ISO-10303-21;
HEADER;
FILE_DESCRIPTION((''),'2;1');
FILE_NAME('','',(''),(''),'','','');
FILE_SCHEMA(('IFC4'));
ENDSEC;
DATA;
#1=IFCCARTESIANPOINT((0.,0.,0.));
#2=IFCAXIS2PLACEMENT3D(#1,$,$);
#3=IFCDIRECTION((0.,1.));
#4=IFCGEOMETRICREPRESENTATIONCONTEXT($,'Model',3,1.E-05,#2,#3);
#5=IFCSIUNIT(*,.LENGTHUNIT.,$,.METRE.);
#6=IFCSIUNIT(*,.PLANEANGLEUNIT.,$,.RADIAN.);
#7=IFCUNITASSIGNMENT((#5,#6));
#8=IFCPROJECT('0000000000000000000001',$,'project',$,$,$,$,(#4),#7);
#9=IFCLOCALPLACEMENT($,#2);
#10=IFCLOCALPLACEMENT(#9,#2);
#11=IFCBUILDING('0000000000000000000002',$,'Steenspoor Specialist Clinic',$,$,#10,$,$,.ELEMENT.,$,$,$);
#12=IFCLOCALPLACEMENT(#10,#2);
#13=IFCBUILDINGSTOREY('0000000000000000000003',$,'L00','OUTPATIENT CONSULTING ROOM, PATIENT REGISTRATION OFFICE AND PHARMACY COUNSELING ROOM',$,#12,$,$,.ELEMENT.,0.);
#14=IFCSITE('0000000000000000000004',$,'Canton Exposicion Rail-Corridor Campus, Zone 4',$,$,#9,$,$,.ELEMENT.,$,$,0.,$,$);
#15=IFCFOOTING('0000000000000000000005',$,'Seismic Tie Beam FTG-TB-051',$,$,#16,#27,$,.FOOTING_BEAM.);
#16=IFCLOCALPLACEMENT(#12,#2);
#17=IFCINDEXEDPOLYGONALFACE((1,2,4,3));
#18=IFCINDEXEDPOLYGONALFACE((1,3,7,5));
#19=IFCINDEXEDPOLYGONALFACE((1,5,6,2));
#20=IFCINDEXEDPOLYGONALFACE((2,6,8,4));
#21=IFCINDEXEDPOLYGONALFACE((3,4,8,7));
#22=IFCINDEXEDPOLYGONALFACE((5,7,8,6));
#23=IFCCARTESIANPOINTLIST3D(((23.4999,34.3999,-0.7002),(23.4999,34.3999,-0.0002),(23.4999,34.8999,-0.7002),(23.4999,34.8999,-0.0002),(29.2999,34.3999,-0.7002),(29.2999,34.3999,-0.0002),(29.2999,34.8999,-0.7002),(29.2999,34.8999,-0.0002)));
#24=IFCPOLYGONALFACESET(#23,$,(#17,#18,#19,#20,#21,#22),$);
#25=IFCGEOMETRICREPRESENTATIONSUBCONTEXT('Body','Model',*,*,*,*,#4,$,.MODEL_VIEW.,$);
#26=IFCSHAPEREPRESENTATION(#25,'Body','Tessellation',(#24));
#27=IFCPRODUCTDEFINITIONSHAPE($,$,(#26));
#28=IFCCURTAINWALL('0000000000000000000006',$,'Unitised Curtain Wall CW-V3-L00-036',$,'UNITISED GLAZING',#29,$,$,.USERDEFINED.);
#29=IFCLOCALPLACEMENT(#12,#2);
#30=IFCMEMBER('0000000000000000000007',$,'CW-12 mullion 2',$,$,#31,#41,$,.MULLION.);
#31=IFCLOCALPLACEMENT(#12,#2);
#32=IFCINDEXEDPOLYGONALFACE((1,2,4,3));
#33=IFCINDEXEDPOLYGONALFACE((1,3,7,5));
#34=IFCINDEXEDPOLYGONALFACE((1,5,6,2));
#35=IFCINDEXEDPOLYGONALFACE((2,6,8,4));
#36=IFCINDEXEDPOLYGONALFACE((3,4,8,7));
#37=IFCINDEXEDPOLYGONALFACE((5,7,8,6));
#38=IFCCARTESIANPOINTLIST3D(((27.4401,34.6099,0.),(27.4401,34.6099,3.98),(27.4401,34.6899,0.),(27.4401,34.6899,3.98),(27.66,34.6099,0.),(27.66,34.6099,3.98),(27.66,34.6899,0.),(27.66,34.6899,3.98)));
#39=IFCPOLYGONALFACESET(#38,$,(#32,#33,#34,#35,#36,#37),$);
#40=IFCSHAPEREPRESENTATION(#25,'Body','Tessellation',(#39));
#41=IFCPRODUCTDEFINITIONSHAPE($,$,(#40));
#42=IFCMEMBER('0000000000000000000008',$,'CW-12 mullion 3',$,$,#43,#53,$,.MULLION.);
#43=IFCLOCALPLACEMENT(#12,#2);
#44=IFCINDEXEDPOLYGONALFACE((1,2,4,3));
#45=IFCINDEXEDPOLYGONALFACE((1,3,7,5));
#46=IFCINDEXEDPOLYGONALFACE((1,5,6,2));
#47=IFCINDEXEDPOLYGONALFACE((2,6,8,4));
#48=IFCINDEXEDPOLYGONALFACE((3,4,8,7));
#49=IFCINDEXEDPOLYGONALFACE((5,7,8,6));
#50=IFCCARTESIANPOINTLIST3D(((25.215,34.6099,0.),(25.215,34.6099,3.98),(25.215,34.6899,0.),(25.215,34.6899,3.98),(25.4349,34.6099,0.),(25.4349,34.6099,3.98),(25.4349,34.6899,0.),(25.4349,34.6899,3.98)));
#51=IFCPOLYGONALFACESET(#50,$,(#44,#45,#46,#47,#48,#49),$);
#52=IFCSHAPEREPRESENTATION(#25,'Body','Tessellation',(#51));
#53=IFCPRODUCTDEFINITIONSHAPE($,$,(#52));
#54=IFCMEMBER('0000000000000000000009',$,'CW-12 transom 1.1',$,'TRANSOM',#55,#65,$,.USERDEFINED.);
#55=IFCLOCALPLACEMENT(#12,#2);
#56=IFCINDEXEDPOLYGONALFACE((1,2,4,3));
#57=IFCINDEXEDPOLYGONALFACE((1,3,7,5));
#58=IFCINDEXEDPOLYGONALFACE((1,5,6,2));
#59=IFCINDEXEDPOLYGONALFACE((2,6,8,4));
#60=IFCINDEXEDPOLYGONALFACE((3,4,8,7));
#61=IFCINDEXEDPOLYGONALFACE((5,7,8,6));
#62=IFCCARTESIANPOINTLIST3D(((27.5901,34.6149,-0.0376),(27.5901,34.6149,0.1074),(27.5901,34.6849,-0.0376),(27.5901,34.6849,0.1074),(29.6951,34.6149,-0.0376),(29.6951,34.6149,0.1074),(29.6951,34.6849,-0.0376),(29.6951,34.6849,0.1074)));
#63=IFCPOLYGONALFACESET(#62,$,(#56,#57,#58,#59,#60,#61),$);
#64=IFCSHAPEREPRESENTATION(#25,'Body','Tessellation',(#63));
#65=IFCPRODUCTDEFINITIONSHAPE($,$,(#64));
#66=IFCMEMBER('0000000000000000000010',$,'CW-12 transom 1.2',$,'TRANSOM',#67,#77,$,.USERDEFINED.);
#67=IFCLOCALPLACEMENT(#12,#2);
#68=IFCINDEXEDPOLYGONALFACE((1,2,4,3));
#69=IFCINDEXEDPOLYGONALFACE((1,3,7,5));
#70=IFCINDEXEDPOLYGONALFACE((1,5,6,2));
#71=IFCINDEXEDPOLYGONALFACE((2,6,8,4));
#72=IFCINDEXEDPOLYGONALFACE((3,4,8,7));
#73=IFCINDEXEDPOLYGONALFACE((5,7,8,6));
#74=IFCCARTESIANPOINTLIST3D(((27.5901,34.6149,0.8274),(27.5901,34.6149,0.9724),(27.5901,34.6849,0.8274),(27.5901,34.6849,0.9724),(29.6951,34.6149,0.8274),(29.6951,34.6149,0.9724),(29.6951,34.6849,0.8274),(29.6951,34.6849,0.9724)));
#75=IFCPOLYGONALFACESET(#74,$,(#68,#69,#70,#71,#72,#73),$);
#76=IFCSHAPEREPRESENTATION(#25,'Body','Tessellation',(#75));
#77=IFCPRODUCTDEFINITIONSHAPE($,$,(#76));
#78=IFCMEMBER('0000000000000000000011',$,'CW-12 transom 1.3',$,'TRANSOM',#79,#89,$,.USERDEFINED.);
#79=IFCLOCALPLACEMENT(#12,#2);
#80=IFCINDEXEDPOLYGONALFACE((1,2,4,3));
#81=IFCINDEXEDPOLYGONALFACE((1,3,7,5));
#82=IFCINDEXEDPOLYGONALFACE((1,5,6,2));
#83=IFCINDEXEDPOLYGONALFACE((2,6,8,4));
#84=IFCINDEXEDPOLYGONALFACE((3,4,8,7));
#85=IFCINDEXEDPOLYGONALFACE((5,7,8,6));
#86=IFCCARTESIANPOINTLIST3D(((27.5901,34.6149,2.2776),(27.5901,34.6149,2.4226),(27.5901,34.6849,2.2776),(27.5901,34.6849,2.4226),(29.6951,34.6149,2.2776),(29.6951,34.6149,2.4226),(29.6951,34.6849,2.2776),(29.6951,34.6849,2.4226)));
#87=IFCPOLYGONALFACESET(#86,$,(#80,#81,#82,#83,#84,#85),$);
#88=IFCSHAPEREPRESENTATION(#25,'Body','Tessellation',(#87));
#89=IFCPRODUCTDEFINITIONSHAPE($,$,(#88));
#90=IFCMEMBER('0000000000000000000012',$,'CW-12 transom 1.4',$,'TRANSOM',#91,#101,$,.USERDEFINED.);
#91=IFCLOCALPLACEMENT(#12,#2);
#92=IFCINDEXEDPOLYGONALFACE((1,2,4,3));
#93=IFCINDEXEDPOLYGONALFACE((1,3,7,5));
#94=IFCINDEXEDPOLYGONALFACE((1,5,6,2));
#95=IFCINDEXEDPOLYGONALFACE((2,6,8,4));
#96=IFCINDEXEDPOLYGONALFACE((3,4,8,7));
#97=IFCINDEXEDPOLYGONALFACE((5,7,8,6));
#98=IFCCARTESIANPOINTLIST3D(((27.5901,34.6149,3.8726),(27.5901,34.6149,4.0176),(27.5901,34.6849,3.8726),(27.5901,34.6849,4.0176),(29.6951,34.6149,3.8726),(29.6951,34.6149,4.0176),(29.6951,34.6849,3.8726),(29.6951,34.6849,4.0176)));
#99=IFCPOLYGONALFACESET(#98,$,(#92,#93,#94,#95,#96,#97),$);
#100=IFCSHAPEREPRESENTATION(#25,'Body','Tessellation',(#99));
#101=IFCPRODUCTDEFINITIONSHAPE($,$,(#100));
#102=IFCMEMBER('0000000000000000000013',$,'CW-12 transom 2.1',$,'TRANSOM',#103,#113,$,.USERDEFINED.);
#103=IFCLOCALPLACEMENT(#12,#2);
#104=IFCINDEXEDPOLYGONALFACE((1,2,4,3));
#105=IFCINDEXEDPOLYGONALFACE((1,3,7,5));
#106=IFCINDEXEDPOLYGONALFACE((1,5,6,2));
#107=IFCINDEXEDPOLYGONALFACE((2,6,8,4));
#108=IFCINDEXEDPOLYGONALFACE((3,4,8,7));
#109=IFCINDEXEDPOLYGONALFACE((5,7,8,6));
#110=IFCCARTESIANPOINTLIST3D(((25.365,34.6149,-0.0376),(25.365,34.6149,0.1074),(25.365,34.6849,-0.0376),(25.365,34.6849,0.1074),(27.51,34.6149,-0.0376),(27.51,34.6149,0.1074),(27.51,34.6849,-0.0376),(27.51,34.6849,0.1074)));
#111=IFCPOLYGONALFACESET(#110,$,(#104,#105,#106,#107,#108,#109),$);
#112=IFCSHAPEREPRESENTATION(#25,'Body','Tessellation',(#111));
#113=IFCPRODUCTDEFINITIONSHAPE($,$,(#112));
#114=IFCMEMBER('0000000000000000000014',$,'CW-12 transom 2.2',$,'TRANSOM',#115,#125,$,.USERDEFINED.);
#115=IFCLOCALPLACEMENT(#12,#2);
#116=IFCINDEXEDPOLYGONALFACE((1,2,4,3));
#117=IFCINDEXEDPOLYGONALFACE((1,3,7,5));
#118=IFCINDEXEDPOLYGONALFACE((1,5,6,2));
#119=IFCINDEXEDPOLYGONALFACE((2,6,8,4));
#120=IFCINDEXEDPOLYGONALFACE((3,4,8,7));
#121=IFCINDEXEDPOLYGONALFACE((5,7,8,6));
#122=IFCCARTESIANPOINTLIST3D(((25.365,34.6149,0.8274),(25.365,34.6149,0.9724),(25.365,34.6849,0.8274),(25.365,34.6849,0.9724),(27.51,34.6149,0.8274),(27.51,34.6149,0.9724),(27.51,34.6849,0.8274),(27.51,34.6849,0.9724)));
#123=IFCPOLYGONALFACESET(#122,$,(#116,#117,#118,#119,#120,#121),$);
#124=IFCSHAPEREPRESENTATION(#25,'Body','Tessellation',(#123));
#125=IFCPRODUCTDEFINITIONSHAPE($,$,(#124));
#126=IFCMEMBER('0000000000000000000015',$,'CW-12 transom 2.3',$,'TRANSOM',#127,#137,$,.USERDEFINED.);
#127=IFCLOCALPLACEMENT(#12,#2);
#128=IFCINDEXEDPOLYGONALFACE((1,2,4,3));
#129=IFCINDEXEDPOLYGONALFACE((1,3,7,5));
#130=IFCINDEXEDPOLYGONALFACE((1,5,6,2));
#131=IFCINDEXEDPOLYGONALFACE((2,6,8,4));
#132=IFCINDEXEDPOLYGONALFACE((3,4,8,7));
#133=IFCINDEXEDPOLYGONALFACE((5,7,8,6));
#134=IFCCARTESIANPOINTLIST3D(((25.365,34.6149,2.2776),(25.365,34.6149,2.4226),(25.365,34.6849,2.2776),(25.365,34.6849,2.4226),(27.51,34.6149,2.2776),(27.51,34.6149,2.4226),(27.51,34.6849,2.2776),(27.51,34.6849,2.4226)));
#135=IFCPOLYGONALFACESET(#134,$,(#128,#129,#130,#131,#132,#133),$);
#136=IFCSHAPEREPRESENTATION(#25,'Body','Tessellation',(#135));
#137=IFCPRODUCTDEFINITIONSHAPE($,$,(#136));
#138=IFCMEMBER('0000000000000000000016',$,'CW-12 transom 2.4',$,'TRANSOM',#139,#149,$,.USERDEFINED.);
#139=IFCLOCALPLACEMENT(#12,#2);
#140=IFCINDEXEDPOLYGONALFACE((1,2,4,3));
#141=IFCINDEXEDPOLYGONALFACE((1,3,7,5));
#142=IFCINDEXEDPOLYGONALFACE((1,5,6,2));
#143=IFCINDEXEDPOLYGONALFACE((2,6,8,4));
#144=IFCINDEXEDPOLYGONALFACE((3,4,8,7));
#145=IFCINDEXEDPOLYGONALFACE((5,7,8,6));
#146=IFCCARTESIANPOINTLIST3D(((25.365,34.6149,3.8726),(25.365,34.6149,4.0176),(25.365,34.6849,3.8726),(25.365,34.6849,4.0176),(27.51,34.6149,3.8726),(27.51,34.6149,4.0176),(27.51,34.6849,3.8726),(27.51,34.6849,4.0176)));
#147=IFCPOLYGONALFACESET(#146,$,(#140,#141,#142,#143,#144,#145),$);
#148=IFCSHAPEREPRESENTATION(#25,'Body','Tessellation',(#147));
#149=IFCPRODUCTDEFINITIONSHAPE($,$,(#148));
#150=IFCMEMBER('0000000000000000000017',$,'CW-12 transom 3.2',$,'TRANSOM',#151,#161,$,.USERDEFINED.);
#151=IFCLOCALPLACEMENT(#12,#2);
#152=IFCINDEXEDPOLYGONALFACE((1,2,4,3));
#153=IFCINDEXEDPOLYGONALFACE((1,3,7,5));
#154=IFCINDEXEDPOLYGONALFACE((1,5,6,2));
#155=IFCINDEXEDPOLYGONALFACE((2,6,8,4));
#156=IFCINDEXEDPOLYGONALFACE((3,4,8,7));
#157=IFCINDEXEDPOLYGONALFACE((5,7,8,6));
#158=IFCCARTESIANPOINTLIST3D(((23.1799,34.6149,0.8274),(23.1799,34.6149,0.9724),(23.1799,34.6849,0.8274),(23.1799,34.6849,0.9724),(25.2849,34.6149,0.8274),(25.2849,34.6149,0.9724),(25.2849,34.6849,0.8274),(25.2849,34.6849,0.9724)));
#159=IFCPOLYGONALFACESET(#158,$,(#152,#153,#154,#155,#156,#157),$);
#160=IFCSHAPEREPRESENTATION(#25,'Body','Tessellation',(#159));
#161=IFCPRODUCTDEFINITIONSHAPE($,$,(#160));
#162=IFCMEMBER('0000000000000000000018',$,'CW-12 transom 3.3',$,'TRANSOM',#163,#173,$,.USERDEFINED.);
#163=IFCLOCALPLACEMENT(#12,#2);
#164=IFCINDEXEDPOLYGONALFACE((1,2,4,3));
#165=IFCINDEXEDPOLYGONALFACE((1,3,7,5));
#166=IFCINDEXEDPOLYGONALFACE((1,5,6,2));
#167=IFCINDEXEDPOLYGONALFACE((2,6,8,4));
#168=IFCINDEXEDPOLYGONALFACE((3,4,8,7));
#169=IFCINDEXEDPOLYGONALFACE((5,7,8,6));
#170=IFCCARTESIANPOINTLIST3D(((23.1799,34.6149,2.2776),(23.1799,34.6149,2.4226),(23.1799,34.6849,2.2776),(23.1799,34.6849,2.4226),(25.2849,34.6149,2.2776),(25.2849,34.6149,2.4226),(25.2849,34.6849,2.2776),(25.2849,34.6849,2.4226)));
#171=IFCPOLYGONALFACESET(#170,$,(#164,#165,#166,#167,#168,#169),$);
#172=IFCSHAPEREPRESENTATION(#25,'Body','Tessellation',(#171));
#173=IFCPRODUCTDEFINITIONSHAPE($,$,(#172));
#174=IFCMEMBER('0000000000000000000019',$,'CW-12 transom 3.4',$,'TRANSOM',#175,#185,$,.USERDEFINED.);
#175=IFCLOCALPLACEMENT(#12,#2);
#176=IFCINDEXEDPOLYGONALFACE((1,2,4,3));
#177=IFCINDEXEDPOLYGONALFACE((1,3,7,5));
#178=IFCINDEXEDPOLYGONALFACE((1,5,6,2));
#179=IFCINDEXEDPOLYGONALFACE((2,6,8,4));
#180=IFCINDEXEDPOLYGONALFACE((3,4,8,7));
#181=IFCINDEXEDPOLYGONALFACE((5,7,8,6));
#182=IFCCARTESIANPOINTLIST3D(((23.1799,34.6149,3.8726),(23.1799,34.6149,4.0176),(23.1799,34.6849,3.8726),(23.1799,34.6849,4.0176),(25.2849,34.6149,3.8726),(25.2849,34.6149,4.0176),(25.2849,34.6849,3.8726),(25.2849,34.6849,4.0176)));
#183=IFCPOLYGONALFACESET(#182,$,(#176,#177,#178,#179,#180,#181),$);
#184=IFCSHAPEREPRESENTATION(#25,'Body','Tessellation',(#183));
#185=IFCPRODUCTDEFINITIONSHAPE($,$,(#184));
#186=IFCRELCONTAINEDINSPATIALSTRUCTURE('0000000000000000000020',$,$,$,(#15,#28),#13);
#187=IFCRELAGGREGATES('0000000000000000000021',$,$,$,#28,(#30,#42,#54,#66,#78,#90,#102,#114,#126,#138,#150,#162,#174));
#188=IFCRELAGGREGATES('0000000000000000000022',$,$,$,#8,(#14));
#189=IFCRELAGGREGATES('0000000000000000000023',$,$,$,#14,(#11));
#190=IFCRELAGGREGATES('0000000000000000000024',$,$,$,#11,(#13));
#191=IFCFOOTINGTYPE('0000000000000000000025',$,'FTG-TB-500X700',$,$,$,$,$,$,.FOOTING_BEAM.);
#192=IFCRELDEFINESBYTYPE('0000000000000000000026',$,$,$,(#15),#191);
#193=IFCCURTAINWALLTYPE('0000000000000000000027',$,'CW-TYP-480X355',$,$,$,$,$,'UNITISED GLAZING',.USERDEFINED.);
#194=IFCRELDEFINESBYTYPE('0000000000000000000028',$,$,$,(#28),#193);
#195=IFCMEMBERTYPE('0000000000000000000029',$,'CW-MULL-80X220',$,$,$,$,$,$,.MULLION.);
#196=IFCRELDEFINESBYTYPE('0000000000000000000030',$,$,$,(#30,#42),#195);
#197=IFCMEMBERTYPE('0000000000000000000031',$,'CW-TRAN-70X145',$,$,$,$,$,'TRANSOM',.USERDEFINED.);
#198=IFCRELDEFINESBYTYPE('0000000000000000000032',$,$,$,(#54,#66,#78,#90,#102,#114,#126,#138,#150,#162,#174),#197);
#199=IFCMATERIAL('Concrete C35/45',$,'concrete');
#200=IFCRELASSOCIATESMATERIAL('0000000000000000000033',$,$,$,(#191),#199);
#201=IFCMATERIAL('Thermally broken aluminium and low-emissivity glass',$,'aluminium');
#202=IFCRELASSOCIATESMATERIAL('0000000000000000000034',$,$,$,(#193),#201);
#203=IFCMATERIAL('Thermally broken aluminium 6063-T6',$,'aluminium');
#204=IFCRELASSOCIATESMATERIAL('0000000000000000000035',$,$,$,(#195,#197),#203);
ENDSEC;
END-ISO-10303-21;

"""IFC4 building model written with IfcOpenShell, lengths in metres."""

from ifc_helpers import new_model, si_unit, direction, frame, origin, origin_2d, place, context, subcontext, project, spatial, rectangle, extrude, material, material_profile, profile_set, type_object, element, aggregate, save


model = new_model("IFC4")

# Units and contexts
model_context = context("Model", 3, precision=1e-05, world=origin(), true_north=direction((0.0, 1.0)))
body_context = subcontext(model_context, "Body", "Model", "MODEL_VIEW")
ifc_project = project(units=[si_unit("LENGTHUNIT", "METRE"), si_unit("PLANEANGLEUNIT", "RADIAN")], contexts=[model_context])

# Site, building, storey
site_placement = place(None, origin())
site = spatial("IfcSite", under=ifc_project, at=site_placement, Name="Canton Exposicion Rail-Corridor Campus, Zone 4", CompositionType="ELEMENT", RefElevation=0.0)
building_placement = place(site_placement, origin())
building = spatial("IfcBuilding", under=site, at=building_placement, Name="Steenspoor Specialist Clinic", CompositionType="ELEMENT")
storey_placement = place(building_placement, origin())
storey = spatial("IfcBuildingStorey", under=building, at=storey_placement, Name="L00", Description="OUTPATIENT CONSULTING ROOM, PATIENT REGISTRATION OFFICE AND PHARMACY COUNSELING ROOM", CompositionType="ELEMENT", Elevation=0.0)

# Footing
ifc_material_1 = material(Name="Concrete C35/45", Category="concrete")
footing_type = type_object("IfcFootingType", Name="FTG-TB-500X700", PredefinedType="FOOTING_BEAM", material=ifc_material_1)
footing_placement = place(storey_placement, frame((26.3999, 34.6499, -0.7002), z_axis=(0.0, 0.0, 1.0), x_axis=(1.0, 0.0, 0.0)))
element("IfcFooting", 1, at=footing_placement, inside=storey, type_object=footing_type, Name="Seismic Tie Beam FTG-TB-051", PredefinedType="FOOTING_BEAM", context=body_context, shape_type="SweptSolid", body=[
    extrude(rectangle(XDim=5.8, YDim=0.5, at=origin_2d()), origin(), (0.0, 0.0, 1.0), 0.7),
])

# Curtain wall, members
ifc_material_2 = material(Name="Thermally broken aluminium and low-emissivity glass", Category="aluminium")
curtain_wall_type = type_object("IfcCurtainWallType", Name="CW-TYP-480X355", ElementType="UNITISED GLAZING", PredefinedType="USERDEFINED", material=ifc_material_2)
curtain_wall_placement = place(storey_placement, origin())
curtain_wall = element("IfcCurtainWall", 2, at=curtain_wall_placement, inside=storey, type_object=curtain_wall_type, Name="Unitised Curtain Wall CW-V3-L00-036", ObjectType="UNITISED GLAZING", PredefinedType="USERDEFINED")
ifc_material_3 = material(Name="Thermally broken aluminium 6063-T6", Category="aluminium")
ifc_material_profile_1 = material_profile(ifc_material_3, rectangle(XDim=0.0801, YDim=0.22, at=origin_2d()), Name="CWM-80X220")
ifc_profile_set_1 = profile_set([ifc_material_profile_1], Name="Thermally broken aluminium 6063-T6")
member_type_1 = type_object("IfcMemberType", Name="CW-MULL-80X220", PredefinedType="MULLION", material=ifc_profile_set_1)
member_1_placement = place(storey_placement, frame((27.55, 34.6499, 0.0), z_axis=(0.0, 0.0, 1.0), x_axis=(0.0, -1.0, 0.0)))
member_1 = element("IfcMember", 3, at=member_1_placement, type_object=member_type_1, Name="CW-12 mullion 2", PredefinedType="MULLION", context=body_context, shape_type="SweptSolid", body=[
    extrude(rectangle(XDim=0.0801, YDim=0.22, at=origin_2d()), origin(), (0.0, 0.0, 1.0), 3.98),
])
member_2_placement = place(storey_placement, frame((25.325, 34.6499, 0.0), z_axis=(0.0, 0.0, 1.0), x_axis=(0.0, -1.0, 0.0)))
member_2 = element("IfcMember", 4, at=member_2_placement, type_object=member_type_1, Name="CW-12 mullion 3", PredefinedType="MULLION", context=body_context, shape_type="SweptSolid", body=[
    extrude(rectangle(XDim=0.0801, YDim=0.22, at=origin_2d()), origin(), (0.0, 0.0, 1.0), 3.98),
])
ifc_material_profile_2 = material_profile(ifc_material_3, rectangle(XDim=0.0701, YDim=0.145, at=origin_2d()), Name="CWT-70X145")
ifc_profile_set_2 = profile_set([ifc_material_profile_2], Name="Thermally broken aluminium 6063-T6")
member_type_2 = type_object("IfcMemberType", Name="CW-TRAN-70X145", ElementType="TRANSOM", PredefinedType="USERDEFINED", material=ifc_profile_set_2)
member_3_placement = place(storey_placement, frame((29.6951, 34.6499, 0.0349), z_axis=(-1.0, 0.0, 0.0), x_axis=(0.0, -1.0, 0.0)))
member_3 = element("IfcMember", 5, at=member_3_placement, type_object=member_type_2, Name="CW-12 transom 1.1", ObjectType="TRANSOM", PredefinedType="USERDEFINED", context=body_context, shape_type="SweptSolid", body=[
    extrude(rectangle(XDim=0.0701, YDim=0.145, at=origin_2d()), origin(), (0.0, 0.0, 1.0), 2.105),
])
member_4_placement = place(storey_placement, frame((29.6951, 34.6499, 0.8999), z_axis=(-1.0, 0.0, 0.0), x_axis=(0.0, -1.0, 0.0)))
member_4 = element("IfcMember", 6, at=member_4_placement, type_object=member_type_2, Name="CW-12 transom 1.2", ObjectType="TRANSOM", PredefinedType="USERDEFINED", context=body_context, shape_type="SweptSolid", body=[
    extrude(rectangle(XDim=0.0701, YDim=0.145, at=origin_2d()), origin(), (0.0, 0.0, 1.0), 2.105),
])
member_5_placement = place(storey_placement, frame((29.6951, 34.6499, 2.3501), z_axis=(-1.0, 0.0, 0.0), x_axis=(0.0, -1.0, 0.0)))
member_5 = element("IfcMember", 7, at=member_5_placement, type_object=member_type_2, Name="CW-12 transom 1.3", ObjectType="TRANSOM", PredefinedType="USERDEFINED", context=body_context, shape_type="SweptSolid", body=[
    extrude(rectangle(XDim=0.0701, YDim=0.145, at=origin_2d()), origin(), (0.0, 0.0, 1.0), 2.105),
])
member_6_placement = place(storey_placement, frame((29.6951, 34.6499, 3.9451), z_axis=(-1.0, 0.0, 0.0), x_axis=(0.0, -1.0, 0.0)))
member_6 = element("IfcMember", 8, at=member_6_placement, type_object=member_type_2, Name="CW-12 transom 1.4", ObjectType="TRANSOM", PredefinedType="USERDEFINED", context=body_context, shape_type="SweptSolid", body=[
    extrude(rectangle(XDim=0.0701, YDim=0.145, at=origin_2d()), origin(), (0.0, 0.0, 1.0), 2.105),
])
member_7_placement = place(storey_placement, frame((27.51, 34.6499, 0.0349), z_axis=(-1.0, 0.0, 0.0), x_axis=(0.0, -1.0, 0.0)))
member_7 = element("IfcMember", 9, at=member_7_placement, type_object=member_type_2, Name="CW-12 transom 2.1", ObjectType="TRANSOM", PredefinedType="USERDEFINED", context=body_context, shape_type="SweptSolid", body=[
    extrude(rectangle(XDim=0.0701, YDim=0.145, at=origin_2d()), origin(), (0.0, 0.0, 1.0), 2.145),
])
member_8_placement = place(storey_placement, frame((27.51, 34.6499, 0.8999), z_axis=(-1.0, 0.0, 0.0), x_axis=(0.0, -1.0, 0.0)))
member_8 = element("IfcMember", 10, at=member_8_placement, type_object=member_type_2, Name="CW-12 transom 2.2", ObjectType="TRANSOM", PredefinedType="USERDEFINED", context=body_context, shape_type="SweptSolid", body=[
    extrude(rectangle(XDim=0.0701, YDim=0.145, at=origin_2d()), origin(), (0.0, 0.0, 1.0), 2.145),
])
member_9_placement = place(storey_placement, frame((27.51, 34.6499, 2.3501), z_axis=(-1.0, 0.0, 0.0), x_axis=(0.0, -1.0, 0.0)))
member_9 = element("IfcMember", 11, at=member_9_placement, type_object=member_type_2, Name="CW-12 transom 2.3", ObjectType="TRANSOM", PredefinedType="USERDEFINED", context=body_context, shape_type="SweptSolid", body=[
    extrude(rectangle(XDim=0.0701, YDim=0.145, at=origin_2d()), origin(), (0.0, 0.0, 1.0), 2.145),
])
member_10_placement = place(storey_placement, frame((27.51, 34.6499, 3.9451), z_axis=(-1.0, 0.0, 0.0), x_axis=(0.0, -1.0, 0.0)))
member_10 = element("IfcMember", 12, at=member_10_placement, type_object=member_type_2, Name="CW-12 transom 2.4", ObjectType="TRANSOM", PredefinedType="USERDEFINED", context=body_context, shape_type="SweptSolid", body=[
    extrude(rectangle(XDim=0.0701, YDim=0.145, at=origin_2d()), origin(), (0.0, 0.0, 1.0), 2.145),
])
member_11_placement = place(storey_placement, frame((25.2849, 34.6499, 0.8999), z_axis=(-1.0, 0.0, 0.0), x_axis=(0.0, -1.0, 0.0)))
member_11 = element("IfcMember", 13, at=member_11_placement, type_object=member_type_2, Name="CW-12 transom 3.2", ObjectType="TRANSOM", PredefinedType="USERDEFINED", context=body_context, shape_type="SweptSolid", body=[
    extrude(rectangle(XDim=0.0701, YDim=0.145, at=origin_2d()), origin(), (0.0, 0.0, 1.0), 2.105),
])
member_12_placement = place(storey_placement, frame((25.2849, 34.6499, 2.3501), z_axis=(-1.0, 0.0, 0.0), x_axis=(0.0, -1.0, 0.0)))
member_12 = element("IfcMember", 14, at=member_12_placement, type_object=member_type_2, Name="CW-12 transom 3.3", ObjectType="TRANSOM", PredefinedType="USERDEFINED", context=body_context, shape_type="SweptSolid", body=[
    extrude(rectangle(XDim=0.0701, YDim=0.145, at=origin_2d()), origin(), (0.0, 0.0, 1.0), 2.105),
])
member_13_placement = place(storey_placement, frame((25.2849, 34.6499, 3.9451), z_axis=(-1.0, 0.0, 0.0), x_axis=(0.0, -1.0, 0.0)))
member_13 = element("IfcMember", 15, at=member_13_placement, type_object=member_type_2, Name="CW-12 transom 3.4", ObjectType="TRANSOM", PredefinedType="USERDEFINED", context=body_context, shape_type="SweptSolid", body=[
    extrude(rectangle(XDim=0.0701, YDim=0.145, at=origin_2d()), origin(), (0.0, 0.0, 1.0), 2.105),
])
aggregate(curtain_wall, [member_1, member_2, member_3, member_4, member_5, member_6, member_7, member_8, member_9, member_10, member_11, member_12, member_13])

save(model, "model.ifc")
